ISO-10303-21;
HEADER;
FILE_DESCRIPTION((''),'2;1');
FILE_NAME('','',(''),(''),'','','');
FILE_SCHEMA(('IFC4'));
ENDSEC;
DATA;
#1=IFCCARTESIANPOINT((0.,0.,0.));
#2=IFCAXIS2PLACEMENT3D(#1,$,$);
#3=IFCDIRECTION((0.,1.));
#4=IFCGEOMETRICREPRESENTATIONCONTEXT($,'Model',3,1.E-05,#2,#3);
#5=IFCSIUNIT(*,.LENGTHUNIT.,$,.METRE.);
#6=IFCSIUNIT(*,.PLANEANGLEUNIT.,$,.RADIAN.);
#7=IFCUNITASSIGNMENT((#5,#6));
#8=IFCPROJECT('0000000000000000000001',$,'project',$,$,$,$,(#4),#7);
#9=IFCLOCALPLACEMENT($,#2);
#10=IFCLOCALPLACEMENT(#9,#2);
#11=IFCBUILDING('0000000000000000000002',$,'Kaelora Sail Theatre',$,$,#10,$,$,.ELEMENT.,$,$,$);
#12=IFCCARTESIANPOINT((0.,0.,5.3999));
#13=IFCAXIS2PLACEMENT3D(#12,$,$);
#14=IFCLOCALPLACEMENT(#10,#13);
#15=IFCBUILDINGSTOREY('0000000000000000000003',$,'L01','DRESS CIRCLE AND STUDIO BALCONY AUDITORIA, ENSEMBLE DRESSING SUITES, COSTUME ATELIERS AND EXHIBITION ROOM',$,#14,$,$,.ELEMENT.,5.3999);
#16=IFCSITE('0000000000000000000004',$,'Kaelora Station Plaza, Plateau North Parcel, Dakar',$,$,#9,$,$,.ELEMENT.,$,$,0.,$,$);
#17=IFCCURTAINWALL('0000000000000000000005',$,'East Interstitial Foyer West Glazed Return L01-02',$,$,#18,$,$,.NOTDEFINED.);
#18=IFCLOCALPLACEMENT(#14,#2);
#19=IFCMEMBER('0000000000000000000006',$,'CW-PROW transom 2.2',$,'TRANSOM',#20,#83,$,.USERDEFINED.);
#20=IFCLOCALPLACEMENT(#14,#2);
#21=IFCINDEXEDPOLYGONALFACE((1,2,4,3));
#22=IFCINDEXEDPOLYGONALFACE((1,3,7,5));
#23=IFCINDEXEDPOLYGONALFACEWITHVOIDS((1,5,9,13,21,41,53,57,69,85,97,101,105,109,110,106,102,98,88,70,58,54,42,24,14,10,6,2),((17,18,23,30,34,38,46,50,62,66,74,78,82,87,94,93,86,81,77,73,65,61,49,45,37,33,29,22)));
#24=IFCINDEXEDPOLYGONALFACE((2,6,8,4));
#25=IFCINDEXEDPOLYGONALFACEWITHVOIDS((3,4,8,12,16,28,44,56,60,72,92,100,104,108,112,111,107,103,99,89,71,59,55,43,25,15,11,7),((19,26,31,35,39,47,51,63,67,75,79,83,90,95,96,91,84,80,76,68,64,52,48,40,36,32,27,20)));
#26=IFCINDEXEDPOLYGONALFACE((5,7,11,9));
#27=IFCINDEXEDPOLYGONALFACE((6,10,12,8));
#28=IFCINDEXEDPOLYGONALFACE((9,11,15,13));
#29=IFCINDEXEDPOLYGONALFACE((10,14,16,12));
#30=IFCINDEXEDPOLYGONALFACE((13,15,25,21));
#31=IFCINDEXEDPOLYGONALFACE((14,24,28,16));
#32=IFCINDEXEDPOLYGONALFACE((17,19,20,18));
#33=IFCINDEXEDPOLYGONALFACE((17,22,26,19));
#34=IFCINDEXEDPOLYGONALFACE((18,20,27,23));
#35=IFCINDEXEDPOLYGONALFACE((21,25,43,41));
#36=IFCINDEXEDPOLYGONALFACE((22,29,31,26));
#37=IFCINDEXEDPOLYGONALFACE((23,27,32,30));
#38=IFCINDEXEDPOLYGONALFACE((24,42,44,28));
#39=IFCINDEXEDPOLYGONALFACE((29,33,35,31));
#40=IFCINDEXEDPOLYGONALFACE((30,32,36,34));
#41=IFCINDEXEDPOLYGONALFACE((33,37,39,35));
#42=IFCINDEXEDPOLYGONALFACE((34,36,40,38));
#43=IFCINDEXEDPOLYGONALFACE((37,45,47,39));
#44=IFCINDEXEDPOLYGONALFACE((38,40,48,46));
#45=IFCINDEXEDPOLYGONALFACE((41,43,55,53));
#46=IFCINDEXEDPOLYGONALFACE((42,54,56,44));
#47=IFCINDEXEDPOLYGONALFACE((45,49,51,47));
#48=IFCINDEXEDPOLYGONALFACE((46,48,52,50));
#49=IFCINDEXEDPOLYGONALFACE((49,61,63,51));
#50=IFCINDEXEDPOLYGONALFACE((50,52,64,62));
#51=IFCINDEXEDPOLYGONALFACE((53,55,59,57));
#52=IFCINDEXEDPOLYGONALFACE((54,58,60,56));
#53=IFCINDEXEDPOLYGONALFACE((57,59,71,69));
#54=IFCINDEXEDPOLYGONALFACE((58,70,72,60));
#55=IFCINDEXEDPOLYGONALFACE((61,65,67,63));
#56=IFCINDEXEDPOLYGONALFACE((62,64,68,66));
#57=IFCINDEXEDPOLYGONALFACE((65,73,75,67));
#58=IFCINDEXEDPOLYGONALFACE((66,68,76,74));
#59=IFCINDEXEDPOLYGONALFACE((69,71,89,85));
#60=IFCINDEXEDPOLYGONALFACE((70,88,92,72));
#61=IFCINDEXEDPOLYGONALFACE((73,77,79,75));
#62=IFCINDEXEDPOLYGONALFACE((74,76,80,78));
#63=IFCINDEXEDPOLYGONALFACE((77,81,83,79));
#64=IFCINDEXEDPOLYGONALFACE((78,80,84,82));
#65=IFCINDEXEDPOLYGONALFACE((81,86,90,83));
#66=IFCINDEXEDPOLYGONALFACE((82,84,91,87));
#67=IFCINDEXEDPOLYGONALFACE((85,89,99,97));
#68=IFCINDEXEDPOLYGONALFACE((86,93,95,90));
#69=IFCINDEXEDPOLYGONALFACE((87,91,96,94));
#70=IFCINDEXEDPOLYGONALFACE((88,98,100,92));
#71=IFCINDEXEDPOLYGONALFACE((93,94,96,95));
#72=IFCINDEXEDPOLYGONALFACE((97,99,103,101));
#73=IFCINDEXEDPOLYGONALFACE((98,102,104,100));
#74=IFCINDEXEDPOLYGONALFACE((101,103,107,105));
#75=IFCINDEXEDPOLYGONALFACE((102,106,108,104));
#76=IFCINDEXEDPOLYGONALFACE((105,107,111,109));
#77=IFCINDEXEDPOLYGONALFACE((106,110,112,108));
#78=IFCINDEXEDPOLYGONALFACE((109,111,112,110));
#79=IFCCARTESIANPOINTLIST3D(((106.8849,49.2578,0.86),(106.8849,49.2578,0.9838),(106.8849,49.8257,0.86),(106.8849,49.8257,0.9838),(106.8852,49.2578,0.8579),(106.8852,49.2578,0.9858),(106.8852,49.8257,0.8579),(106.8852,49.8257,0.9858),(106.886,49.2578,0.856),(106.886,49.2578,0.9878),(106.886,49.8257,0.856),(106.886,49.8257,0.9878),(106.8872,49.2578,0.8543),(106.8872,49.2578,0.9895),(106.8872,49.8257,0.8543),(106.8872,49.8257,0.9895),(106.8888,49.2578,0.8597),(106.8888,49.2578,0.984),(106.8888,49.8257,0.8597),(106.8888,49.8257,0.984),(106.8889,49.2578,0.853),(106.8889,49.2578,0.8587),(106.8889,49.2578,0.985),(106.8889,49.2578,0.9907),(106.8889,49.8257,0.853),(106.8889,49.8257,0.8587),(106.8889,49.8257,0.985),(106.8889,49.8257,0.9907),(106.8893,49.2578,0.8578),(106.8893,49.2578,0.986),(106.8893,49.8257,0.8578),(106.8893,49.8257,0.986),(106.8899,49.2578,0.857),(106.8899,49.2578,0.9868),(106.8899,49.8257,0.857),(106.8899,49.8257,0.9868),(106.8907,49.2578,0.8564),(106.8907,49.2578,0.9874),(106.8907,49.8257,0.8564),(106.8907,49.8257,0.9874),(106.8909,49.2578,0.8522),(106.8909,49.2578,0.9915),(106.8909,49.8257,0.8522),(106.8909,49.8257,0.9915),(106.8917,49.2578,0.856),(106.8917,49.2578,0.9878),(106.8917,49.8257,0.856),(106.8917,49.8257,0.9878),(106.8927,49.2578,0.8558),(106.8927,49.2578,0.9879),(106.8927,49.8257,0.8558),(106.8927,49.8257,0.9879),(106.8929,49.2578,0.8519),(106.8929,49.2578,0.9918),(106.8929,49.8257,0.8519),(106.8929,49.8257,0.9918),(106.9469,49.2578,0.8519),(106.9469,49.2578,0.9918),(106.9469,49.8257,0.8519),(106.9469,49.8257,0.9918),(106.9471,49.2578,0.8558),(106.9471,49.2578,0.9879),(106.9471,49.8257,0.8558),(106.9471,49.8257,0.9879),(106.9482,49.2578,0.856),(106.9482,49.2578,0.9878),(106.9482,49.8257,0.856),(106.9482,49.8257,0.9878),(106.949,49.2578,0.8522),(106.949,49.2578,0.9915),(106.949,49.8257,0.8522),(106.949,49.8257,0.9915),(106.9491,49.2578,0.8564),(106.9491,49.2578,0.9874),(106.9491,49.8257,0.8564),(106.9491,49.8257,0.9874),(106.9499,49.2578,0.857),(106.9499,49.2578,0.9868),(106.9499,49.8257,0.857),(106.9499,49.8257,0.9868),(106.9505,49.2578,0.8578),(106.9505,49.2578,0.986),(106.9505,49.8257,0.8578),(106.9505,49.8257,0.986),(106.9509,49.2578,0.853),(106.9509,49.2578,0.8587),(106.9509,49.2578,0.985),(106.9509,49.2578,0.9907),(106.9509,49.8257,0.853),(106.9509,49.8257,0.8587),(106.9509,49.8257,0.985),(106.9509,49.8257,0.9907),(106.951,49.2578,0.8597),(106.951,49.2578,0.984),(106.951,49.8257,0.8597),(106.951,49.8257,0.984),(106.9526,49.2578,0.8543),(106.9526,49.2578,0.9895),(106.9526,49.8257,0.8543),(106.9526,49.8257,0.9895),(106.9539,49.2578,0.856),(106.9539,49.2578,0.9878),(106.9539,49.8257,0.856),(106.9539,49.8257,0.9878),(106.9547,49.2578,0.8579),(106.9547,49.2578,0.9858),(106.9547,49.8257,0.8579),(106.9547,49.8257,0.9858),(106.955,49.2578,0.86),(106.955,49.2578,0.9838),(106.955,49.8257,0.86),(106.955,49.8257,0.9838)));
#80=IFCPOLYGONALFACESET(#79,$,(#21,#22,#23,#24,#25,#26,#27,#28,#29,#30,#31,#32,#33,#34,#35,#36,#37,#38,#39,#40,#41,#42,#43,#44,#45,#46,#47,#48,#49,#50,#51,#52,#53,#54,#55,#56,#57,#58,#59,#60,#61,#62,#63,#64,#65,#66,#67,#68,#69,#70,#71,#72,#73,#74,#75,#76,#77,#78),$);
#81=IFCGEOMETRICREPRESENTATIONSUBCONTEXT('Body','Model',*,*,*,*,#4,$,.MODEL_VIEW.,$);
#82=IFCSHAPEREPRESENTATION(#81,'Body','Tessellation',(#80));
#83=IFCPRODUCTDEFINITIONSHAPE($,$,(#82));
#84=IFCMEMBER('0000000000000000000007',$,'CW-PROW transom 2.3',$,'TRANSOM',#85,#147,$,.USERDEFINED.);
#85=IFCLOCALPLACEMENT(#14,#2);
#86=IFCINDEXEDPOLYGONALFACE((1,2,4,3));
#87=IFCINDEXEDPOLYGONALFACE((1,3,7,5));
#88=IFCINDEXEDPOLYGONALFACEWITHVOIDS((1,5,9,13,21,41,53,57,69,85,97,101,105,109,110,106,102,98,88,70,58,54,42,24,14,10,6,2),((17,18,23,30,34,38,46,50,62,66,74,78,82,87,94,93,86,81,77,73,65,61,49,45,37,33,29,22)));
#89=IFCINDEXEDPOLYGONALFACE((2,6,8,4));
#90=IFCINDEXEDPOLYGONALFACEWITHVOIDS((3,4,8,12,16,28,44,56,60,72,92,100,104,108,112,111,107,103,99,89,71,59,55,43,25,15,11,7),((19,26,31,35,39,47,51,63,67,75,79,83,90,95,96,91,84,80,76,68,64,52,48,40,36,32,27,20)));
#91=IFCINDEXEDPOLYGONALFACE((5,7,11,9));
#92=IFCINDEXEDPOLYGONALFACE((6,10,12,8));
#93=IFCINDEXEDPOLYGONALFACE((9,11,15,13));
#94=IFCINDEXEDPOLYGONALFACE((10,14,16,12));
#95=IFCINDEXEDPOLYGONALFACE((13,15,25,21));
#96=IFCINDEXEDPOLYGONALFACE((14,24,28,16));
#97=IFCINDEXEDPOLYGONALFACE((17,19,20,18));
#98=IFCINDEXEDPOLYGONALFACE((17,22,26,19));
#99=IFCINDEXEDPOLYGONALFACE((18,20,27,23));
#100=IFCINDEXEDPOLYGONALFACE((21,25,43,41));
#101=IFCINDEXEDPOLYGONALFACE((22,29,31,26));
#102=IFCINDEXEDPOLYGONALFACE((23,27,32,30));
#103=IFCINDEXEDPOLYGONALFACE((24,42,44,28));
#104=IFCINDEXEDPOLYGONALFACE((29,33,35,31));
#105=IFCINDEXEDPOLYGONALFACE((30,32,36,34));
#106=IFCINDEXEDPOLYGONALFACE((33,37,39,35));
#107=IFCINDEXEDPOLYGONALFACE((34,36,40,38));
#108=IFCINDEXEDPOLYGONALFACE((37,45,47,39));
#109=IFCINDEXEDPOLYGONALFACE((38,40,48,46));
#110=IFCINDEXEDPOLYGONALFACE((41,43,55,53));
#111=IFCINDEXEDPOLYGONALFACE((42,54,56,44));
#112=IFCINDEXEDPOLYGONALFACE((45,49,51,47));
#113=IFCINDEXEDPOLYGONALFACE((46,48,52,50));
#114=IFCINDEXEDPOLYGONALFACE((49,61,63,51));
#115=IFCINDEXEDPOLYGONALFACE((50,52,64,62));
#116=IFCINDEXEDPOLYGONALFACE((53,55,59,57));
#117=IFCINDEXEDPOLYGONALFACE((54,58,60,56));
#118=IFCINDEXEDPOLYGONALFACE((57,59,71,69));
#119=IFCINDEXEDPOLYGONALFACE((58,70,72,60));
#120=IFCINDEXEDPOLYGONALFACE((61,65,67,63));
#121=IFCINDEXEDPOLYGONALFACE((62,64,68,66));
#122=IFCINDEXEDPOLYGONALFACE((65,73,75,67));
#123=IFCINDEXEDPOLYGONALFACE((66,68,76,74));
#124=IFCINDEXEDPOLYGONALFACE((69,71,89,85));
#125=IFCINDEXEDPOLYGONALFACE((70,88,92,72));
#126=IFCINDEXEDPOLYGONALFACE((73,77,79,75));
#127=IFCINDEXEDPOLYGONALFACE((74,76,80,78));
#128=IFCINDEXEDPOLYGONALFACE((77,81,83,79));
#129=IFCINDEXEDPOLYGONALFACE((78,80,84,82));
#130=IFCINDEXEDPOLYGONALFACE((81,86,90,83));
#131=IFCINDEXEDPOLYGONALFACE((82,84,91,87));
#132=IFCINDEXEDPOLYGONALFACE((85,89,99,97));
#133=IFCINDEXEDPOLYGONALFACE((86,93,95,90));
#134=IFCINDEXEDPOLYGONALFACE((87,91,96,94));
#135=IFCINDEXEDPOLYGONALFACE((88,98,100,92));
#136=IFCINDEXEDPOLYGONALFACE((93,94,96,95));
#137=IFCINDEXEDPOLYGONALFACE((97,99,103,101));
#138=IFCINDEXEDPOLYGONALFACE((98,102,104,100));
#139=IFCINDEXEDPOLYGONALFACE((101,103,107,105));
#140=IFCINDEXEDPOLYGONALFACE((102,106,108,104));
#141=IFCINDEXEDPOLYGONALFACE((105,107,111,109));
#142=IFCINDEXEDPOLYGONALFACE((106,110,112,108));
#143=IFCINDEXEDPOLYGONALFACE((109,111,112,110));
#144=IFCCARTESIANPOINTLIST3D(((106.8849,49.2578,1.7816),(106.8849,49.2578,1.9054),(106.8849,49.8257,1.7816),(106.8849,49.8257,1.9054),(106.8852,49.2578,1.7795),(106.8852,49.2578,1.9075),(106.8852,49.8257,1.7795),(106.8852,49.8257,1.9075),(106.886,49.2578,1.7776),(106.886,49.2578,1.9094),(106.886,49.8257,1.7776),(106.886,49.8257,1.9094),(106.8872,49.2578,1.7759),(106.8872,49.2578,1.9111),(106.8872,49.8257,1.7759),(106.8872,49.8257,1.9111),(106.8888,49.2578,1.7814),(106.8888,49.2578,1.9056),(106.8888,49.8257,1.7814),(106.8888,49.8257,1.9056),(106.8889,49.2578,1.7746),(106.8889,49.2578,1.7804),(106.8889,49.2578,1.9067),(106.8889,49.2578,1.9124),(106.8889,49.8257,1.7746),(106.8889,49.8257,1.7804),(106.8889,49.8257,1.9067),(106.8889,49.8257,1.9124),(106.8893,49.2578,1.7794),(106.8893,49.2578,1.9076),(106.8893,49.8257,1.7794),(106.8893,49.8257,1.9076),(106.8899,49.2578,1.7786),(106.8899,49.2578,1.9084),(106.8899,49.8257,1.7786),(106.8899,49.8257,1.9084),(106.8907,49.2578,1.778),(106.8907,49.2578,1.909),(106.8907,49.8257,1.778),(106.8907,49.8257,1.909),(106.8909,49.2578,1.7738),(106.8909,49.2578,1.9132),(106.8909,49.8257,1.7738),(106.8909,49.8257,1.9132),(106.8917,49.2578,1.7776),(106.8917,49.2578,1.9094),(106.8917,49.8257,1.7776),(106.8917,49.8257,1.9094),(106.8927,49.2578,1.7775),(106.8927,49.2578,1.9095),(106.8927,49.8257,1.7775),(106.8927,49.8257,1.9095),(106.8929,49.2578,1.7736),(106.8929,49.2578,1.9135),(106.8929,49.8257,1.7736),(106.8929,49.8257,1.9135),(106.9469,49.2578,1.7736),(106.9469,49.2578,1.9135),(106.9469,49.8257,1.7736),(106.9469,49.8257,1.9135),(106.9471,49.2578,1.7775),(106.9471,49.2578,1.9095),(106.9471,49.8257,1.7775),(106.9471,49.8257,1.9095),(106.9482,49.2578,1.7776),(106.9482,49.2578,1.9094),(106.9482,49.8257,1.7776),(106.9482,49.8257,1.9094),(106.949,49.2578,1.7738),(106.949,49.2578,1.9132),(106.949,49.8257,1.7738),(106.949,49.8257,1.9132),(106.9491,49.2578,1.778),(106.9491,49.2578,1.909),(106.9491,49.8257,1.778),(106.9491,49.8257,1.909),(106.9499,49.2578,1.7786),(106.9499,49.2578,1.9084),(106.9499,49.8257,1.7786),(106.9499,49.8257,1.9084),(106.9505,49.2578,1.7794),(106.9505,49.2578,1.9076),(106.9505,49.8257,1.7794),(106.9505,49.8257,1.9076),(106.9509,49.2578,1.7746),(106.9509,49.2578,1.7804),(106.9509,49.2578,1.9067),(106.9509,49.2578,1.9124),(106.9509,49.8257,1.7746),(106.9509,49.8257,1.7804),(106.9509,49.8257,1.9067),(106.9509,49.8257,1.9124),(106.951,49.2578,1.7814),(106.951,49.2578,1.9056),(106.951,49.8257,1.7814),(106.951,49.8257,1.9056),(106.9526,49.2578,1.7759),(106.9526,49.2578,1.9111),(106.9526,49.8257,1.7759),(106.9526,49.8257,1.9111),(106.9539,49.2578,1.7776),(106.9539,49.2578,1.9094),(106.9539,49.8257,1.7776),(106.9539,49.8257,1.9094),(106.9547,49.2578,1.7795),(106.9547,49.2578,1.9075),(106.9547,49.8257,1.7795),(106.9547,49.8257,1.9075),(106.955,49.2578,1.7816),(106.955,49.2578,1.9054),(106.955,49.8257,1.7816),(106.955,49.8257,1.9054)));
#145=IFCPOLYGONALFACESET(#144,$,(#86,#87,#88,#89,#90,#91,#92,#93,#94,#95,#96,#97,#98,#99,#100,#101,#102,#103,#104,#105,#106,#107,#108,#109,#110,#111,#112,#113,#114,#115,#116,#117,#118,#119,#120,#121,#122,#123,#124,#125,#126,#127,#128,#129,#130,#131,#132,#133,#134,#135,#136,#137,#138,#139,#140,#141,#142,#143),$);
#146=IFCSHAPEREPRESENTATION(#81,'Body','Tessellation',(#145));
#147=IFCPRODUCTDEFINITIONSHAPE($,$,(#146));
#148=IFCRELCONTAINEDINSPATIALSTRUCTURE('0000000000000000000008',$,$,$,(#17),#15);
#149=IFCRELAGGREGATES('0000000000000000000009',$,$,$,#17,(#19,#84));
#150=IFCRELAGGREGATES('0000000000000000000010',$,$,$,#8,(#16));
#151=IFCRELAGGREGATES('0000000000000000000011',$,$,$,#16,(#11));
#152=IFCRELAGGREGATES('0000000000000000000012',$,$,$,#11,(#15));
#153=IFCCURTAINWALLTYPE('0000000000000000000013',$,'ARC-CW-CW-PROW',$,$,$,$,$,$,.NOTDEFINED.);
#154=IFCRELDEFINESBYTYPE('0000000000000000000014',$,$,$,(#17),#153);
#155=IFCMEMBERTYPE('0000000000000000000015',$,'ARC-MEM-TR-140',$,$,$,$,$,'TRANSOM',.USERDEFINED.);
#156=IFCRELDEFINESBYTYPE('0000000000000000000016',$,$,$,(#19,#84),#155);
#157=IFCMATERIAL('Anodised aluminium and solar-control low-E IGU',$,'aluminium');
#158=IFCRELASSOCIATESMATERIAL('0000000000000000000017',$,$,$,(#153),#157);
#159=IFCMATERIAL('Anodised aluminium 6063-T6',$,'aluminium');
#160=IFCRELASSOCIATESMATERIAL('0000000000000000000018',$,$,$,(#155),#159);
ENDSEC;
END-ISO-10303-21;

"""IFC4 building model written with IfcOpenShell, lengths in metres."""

from ifc_helpers import new_model, si_unit, direction, frame, origin, origin_2d, place, context, subcontext, project, spatial, hollow_rectangle, extrude, material, material_profile, profile_set, type_object, element, aggregate, save


model = new_model("IFC4")

# Units and contexts
model_context = context("Model", 3, precision=1e-05, world=origin(), true_north=direction((0.0, 1.0)))
body_context = subcontext(model_context, "Body", "Model", "MODEL_VIEW")
ifc_project = project(units=[si_unit("LENGTHUNIT", "METRE"), si_unit("PLANEANGLEUNIT", "RADIAN")], contexts=[model_context])

# Site, building, storey
site_placement = place(None, origin())
site = spatial("IfcSite", under=ifc_project, at=site_placement, Name="Kaelora Station Plaza, Plateau North Parcel, Dakar", CompositionType="ELEMENT", RefElevation=0.0)
building_placement = place(site_placement, origin())
building = spatial("IfcBuilding", under=site, at=building_placement, Name="Kaelora Sail Theatre", CompositionType="ELEMENT")
storey_placement = place(building_placement, frame((0.0, 0.0, 5.3999)))
storey = spatial("IfcBuildingStorey", under=building, at=storey_placement, Name="L01", Description="DRESS CIRCLE AND STUDIO BALCONY AUDITORIA, ENSEMBLE DRESSING SUITES, COSTUME ATELIERS AND EXHIBITION ROOM", CompositionType="ELEMENT", Elevation=5.3999)

# Shared definitions
ifc_material_1 = material(Name="Anodised aluminium and solar-control low-E IGU", Category="aluminium")
curtain_wall_type = type_object("IfcCurtainWallType", Name="ARC-CW-CW-PROW", PredefinedType="NOTDEFINED", material=ifc_material_1)

# Curtain wall, members
curtain_wall_1_placement = place(storey_placement, origin())
curtain_wall_1 = element("IfcCurtainWall", 1, at=curtain_wall_1_placement, inside=storey, type_object=curtain_wall_type, Name="East Interstitial Foyer West Glazed Return L01-02", PredefinedType="NOTDEFINED")
ifc_material_2 = material(Name="Anodised aluminium 6063-T6", Category="aluminium")
ifc_material_profile_1 = material_profile(ifc_material_2, hollow_rectangle(XDim=0.0701, YDim=0.1399, WallThickness=0.0039, InnerFilletRadius=0.0039, OuterFilletRadius=0.0081, at=origin_2d()), Name="ALU-TRAN 70x140x4")
ifc_profile_set_1 = profile_set([ifc_material_profile_1], Name="Anodised aluminium 6063-T6")
member_type_1 = type_object("IfcMemberType", Name="ARC-MEM-TR-140", ElementType="TRANSOM", PredefinedType="USERDEFINED", material=ifc_profile_set_1)
member_1_placement = place(storey_placement, frame((106.9199, 49.2578, 0.9219), z_axis=(0.0, 1.0, 0.0), x_axis=(-1.0, 0.0, 0.0)))
member_1 = element("IfcMember", 2, at=member_1_placement, type_object=member_type_1, Name="CW-PROW transom 2.2", ObjectType="TRANSOM", PredefinedType="USERDEFINED", context=body_context, shape_type="SweptSolid", body=[
    extrude(hollow_rectangle(XDim=0.0701, YDim=0.1399, WallThickness=0.0039, InnerFilletRadius=0.0039, OuterFilletRadius=0.0081, at=origin_2d()), origin(), (0.0, 0.0, 1.0), 0.5679),
])
member_2_placement = place(storey_placement, frame((106.9199, 49.2578, 1.8435), z_axis=(0.0, 1.0, 0.0), x_axis=(-1.0, 0.0, 0.0)))
member_2 = element("IfcMember", 3, at=member_2_placement, type_object=member_type_1, Name="CW-PROW transom 2.3", ObjectType="TRANSOM", PredefinedType="USERDEFINED", context=body_context, shape_type="SweptSolid", body=[
    extrude(hollow_rectangle(XDim=0.0701, YDim=0.1399, WallThickness=0.0039, InnerFilletRadius=0.0039, OuterFilletRadius=0.0081, at=origin_2d()), origin(), (0.0, 0.0, 1.0), 0.5679),
])

aggregate(curtain_wall_1, [member_1, member_2])

save(model, "model.ifc")
